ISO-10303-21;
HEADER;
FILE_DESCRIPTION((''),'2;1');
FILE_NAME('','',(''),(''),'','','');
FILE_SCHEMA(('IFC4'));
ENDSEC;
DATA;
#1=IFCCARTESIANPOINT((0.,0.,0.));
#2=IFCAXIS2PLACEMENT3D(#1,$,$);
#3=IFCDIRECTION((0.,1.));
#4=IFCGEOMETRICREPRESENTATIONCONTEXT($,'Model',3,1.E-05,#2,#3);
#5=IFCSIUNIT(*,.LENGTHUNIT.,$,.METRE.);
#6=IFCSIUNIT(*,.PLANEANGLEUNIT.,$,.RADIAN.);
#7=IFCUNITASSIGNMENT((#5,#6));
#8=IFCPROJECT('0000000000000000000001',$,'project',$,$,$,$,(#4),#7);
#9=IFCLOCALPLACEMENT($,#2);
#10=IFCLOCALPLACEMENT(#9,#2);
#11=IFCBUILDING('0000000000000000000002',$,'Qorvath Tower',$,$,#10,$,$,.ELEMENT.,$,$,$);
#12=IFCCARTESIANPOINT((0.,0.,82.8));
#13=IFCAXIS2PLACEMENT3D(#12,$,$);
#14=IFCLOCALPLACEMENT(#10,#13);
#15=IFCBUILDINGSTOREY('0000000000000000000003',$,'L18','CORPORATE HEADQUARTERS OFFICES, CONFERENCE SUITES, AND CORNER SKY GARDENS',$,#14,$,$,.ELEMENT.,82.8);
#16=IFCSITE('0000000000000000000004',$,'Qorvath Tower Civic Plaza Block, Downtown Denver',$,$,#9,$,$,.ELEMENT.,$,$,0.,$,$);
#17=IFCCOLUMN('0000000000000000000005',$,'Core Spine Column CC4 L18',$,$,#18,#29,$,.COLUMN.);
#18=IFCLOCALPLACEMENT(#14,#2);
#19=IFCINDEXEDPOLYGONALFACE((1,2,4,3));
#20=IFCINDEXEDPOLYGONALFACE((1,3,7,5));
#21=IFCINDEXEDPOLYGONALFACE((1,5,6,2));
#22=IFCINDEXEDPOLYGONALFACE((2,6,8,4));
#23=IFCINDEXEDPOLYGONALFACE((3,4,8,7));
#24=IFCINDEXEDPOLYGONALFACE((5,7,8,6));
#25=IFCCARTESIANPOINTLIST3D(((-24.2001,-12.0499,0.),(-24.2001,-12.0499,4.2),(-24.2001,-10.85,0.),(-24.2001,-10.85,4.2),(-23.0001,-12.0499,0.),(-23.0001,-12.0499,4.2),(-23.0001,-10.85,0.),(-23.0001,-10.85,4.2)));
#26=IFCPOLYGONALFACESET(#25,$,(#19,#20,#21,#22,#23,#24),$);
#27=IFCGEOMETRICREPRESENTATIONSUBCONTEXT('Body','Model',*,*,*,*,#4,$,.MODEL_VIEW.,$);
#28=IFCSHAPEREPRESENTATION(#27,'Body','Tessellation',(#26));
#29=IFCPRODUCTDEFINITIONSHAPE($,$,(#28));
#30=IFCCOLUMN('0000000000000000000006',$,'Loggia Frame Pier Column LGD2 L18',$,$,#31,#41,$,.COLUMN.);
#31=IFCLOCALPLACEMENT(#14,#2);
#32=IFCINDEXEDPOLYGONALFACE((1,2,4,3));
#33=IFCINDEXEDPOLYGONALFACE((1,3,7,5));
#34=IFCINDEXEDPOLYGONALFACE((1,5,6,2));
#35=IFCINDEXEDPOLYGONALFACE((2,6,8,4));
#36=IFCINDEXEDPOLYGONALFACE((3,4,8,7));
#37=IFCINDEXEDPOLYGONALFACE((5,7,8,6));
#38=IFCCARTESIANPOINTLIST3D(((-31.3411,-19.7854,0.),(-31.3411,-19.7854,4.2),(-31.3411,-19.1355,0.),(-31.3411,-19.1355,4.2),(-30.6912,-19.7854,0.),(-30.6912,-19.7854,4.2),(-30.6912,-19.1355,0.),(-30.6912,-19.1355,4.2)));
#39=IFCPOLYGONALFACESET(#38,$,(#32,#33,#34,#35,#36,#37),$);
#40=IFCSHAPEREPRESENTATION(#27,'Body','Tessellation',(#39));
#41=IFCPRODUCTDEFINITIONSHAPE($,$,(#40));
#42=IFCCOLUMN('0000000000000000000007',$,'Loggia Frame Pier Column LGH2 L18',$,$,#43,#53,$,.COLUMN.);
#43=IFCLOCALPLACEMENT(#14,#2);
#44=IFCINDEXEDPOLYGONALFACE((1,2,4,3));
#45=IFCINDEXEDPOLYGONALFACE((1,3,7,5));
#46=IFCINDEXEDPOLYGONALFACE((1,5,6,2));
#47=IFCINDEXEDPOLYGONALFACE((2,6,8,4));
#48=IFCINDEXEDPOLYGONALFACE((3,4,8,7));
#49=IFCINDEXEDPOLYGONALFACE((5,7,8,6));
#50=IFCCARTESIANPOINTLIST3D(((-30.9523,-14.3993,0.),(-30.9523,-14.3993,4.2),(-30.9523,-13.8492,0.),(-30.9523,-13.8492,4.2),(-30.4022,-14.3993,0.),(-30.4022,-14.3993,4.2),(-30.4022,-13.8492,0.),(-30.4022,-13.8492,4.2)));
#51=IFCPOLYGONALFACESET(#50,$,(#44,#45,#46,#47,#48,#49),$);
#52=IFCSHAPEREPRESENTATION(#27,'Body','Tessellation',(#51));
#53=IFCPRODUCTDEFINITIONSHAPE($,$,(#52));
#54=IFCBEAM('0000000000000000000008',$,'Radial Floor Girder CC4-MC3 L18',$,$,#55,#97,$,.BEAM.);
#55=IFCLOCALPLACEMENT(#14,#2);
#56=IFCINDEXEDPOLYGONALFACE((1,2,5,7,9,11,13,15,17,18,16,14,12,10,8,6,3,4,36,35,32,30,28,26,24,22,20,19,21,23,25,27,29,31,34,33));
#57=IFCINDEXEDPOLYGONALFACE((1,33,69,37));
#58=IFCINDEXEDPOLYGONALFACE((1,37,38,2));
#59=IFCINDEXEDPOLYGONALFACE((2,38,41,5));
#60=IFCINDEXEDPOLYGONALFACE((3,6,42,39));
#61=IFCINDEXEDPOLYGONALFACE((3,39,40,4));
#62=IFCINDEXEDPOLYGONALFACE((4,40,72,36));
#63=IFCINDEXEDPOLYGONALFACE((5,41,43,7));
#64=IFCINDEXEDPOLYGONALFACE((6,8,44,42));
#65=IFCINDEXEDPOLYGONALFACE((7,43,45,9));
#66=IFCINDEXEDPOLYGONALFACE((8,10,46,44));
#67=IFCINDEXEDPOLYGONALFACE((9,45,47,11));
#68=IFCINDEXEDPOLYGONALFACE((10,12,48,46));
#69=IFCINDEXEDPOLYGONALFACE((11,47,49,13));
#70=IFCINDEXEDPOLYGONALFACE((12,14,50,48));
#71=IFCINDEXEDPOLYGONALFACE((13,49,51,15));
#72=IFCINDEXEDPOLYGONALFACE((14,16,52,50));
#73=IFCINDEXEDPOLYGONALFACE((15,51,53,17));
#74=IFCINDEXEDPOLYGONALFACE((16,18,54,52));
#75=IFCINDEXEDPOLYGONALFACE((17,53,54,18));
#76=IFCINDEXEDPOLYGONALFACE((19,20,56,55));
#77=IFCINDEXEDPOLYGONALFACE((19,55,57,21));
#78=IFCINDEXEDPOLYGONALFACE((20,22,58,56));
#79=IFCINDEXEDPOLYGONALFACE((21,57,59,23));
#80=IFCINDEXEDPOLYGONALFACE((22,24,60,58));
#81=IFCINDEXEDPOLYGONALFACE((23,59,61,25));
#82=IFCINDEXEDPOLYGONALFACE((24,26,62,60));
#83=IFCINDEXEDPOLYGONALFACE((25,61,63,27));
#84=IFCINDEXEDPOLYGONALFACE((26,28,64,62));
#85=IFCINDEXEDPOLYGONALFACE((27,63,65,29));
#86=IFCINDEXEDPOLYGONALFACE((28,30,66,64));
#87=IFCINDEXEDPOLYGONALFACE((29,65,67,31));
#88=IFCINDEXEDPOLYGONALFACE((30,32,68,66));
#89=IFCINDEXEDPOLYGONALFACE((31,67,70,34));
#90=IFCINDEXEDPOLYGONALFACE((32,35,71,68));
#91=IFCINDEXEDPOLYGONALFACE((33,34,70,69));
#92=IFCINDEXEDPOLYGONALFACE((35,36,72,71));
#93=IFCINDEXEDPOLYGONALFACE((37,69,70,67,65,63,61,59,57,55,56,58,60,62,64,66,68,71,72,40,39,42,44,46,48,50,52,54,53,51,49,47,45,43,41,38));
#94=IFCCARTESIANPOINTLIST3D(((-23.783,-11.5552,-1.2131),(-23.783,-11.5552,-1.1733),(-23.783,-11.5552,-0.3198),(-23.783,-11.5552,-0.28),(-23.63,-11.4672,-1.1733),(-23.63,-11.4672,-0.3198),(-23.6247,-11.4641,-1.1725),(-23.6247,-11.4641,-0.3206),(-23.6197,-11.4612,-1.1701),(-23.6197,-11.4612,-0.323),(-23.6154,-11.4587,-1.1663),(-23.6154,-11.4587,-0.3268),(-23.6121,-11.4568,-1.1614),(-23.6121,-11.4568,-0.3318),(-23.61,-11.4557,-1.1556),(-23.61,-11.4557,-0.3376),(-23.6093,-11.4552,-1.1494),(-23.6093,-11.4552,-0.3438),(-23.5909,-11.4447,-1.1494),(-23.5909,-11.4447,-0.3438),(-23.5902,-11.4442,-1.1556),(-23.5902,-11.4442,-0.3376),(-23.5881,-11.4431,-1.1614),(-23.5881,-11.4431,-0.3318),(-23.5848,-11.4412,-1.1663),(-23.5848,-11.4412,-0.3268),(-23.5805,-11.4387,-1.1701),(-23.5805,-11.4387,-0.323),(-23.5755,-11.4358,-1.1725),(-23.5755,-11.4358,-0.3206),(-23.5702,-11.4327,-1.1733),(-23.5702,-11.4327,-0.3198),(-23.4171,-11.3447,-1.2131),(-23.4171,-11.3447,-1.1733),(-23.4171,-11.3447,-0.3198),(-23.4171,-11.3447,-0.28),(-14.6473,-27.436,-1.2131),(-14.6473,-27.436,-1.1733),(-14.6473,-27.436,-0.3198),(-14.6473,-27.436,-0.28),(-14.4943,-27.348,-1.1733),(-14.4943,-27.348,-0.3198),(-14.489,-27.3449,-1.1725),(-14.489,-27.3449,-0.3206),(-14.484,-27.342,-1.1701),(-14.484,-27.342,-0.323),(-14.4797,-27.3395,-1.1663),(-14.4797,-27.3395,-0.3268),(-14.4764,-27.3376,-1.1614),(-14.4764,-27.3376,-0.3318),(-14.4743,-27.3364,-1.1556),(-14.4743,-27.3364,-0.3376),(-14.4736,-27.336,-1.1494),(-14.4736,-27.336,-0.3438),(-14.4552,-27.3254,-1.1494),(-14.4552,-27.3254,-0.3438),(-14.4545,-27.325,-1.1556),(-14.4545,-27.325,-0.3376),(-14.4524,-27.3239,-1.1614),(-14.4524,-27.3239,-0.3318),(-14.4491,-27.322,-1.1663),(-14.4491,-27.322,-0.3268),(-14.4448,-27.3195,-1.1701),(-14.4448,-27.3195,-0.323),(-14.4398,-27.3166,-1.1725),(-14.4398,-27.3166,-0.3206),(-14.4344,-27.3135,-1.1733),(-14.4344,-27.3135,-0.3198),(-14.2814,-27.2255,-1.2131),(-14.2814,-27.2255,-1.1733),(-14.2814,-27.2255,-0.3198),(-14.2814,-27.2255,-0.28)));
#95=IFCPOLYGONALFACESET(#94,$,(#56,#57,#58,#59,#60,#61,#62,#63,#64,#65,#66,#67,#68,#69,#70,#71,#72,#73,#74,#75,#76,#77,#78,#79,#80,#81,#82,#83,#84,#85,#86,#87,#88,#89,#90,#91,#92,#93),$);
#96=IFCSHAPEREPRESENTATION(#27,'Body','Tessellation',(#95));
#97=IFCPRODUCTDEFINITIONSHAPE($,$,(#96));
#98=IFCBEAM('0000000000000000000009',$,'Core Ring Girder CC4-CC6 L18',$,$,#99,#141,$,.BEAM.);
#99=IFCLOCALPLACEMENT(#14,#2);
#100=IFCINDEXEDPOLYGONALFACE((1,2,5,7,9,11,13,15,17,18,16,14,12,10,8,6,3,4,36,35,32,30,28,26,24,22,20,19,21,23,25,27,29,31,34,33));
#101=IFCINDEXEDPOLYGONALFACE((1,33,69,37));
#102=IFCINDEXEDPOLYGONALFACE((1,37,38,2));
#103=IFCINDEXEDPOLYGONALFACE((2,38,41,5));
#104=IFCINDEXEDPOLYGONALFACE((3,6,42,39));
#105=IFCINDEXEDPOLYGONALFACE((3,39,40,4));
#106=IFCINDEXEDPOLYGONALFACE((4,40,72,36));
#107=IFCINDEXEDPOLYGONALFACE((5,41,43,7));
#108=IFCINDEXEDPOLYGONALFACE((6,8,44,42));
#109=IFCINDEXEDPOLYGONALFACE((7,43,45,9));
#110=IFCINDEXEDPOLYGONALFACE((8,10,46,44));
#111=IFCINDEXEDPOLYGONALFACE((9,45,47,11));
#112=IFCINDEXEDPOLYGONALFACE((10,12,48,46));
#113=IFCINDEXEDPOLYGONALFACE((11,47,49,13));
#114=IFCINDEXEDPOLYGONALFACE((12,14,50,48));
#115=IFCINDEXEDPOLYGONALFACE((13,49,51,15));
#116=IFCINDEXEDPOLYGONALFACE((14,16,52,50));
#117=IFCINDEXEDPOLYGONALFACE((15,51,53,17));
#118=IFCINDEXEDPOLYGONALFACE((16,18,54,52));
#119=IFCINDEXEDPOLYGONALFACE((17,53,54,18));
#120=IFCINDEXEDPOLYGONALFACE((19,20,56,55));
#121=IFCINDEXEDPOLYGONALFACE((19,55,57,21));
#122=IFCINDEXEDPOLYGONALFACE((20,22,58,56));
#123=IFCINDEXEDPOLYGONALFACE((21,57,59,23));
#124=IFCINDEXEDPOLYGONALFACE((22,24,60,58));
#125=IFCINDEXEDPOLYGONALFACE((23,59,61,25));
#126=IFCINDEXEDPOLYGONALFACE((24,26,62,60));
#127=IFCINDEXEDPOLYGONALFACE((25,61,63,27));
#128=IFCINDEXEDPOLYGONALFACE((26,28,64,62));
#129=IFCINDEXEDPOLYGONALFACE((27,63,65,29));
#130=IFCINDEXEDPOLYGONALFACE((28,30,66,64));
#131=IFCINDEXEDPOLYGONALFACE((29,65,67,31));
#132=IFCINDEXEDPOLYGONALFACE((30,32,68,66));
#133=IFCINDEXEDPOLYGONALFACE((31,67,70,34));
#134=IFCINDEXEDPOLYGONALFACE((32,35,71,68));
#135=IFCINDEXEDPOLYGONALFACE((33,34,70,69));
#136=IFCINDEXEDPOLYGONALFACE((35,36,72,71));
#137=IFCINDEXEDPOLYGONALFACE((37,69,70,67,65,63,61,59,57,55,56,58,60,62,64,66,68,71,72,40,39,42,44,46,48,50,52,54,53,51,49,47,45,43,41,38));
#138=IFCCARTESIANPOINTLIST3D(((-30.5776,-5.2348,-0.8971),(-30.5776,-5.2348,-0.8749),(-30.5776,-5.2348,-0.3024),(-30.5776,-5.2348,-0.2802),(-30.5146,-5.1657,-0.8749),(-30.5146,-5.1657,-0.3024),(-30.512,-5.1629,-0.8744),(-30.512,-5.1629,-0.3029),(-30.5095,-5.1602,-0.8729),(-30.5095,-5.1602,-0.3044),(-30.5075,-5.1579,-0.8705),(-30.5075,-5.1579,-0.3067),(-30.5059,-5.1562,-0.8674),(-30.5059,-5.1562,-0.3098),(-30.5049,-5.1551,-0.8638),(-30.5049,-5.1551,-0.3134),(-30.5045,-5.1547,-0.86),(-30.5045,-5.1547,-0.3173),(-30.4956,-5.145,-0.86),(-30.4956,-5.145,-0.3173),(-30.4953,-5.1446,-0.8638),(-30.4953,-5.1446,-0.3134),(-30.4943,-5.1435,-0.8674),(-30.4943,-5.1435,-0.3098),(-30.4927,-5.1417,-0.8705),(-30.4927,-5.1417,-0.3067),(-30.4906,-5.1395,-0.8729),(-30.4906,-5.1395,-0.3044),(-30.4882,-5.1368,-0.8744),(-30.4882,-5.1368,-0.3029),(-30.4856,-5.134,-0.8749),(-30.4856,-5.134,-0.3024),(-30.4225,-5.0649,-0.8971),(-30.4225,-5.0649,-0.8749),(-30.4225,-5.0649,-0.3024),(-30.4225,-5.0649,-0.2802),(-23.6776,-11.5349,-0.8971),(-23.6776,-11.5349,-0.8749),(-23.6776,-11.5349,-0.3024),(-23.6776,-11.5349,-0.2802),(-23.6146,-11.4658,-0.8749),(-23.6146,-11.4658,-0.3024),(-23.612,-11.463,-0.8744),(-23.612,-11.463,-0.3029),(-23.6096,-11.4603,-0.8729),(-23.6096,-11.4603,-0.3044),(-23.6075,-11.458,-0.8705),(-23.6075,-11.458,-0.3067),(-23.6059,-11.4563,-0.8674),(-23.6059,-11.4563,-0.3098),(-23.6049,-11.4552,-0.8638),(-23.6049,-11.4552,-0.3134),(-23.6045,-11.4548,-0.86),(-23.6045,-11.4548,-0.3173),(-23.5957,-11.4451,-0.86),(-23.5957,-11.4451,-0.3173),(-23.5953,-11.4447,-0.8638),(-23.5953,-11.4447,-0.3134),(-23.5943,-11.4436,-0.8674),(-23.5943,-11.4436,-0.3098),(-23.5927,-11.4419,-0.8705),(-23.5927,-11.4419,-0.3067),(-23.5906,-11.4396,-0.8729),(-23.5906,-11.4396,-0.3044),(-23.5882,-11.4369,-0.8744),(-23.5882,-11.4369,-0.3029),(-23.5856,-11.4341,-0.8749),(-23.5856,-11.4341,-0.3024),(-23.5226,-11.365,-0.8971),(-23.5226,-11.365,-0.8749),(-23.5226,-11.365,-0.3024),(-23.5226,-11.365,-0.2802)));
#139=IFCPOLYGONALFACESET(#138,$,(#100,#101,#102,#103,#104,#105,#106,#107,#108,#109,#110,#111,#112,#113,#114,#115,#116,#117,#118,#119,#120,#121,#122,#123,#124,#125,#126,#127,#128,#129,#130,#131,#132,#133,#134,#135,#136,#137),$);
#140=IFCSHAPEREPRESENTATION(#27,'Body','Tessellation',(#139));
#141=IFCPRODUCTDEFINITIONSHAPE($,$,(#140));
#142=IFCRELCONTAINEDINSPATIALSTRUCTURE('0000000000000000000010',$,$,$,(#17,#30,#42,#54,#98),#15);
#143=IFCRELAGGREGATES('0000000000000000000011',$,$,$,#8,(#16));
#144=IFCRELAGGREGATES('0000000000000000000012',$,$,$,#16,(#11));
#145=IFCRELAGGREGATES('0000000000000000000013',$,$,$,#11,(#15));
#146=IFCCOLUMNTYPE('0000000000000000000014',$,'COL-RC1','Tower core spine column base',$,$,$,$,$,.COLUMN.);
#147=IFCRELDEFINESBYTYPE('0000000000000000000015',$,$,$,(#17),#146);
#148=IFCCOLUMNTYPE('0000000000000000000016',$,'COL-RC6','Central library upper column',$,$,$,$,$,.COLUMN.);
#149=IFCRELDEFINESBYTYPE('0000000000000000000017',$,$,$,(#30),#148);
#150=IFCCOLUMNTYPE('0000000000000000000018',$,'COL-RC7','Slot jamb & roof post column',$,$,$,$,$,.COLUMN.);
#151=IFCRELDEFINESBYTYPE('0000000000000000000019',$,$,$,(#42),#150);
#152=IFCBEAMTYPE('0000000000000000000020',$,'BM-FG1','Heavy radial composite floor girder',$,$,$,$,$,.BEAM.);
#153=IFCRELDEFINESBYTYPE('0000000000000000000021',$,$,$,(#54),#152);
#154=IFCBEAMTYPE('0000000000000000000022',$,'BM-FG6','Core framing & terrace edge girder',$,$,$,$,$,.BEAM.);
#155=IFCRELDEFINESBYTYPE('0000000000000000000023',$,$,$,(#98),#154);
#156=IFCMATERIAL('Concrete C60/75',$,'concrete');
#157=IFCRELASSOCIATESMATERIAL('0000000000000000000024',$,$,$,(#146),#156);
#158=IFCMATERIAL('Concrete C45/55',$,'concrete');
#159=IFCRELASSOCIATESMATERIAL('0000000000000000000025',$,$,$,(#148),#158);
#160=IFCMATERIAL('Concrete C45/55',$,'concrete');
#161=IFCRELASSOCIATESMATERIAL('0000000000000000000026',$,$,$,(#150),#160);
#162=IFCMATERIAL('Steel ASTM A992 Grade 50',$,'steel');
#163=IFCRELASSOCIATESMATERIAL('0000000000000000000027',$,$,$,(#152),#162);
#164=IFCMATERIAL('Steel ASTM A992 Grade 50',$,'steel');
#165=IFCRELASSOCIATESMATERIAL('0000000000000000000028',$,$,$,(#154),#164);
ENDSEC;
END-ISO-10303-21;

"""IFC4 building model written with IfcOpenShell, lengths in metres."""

from ifc_helpers import new_model, si_unit, direction, frame, origin, origin_2d, place, context, subcontext, project, spatial, rectangle, i_section, extrude, material, material_profile, profile_set, type_object, element, save


model = new_model("IFC4")

# Units and contexts
model_context = context("Model", 3, precision=1e-05, world=origin(), true_north=direction((0.0, 1.0)))
body_context = subcontext(model_context, "Body", "Model", "MODEL_VIEW")
ifc_project = project(units=[si_unit("LENGTHUNIT", "METRE"), si_unit("PLANEANGLEUNIT", "RADIAN")], contexts=[model_context])

# Site, building, storey
site_placement = place(None, origin())
site = spatial("IfcSite", under=ifc_project, at=site_placement, Name="Qorvath Tower Civic Plaza Block, Downtown Denver", CompositionType="ELEMENT", RefElevation=0.0)
building_placement = place(site_placement, origin())
building = spatial("IfcBuilding", under=site, at=building_placement, Name="Qorvath Tower", CompositionType="ELEMENT")
storey_placement = place(building_placement, frame((0.0, 0.0, 82.8)))
storey = spatial("IfcBuildingStorey", under=building, at=storey_placement, Name="L18", Description="CORPORATE HEADQUARTERS OFFICES, CONFERENCE SUITES, AND CORNER SKY GARDENS", CompositionType="ELEMENT", Elevation=82.8)

# Columns
ifc_material_1 = material(Name="Concrete C60/75", Category="concrete")
ifc_material_profile_1 = material_profile(ifc_material_1, rectangle(XDim=1.2, YDim=1.2, at=origin_2d()), Name="RC 1200x1200")
ifc_profile_set_1 = profile_set([ifc_material_profile_1], Name="Concrete C60/75")
column_type_1 = type_object("IfcColumnType", Name="COL-RC1", Description="Tower core spine column base", PredefinedType="COLUMN", material=ifc_profile_set_1)
column_1_placement = place(storey_placement, frame((-23.6001, -11.45, 0.0), z_axis=(0.0, 0.0, 1.0), x_axis=(1.0, 0.0, 0.0)))
element("IfcColumn", 1, at=column_1_placement, inside=storey, type_object=column_type_1, Name="Core Spine Column CC4 L18", PredefinedType="COLUMN", context=body_context, shape_type="SweptSolid", body=[
    extrude(rectangle(XDim=1.2, YDim=1.2, at=origin_2d()), origin(), (0.0, 0.0, 1.0), 4.2),
])
ifc_material_2 = material(Name="Concrete C45/55", Category="concrete")
ifc_material_profile_2 = material_profile(ifc_material_2, rectangle(XDim=0.6499, YDim=0.6499, at=origin_2d()), Name="RC 650x650")
ifc_profile_set_2 = profile_set([ifc_material_profile_2], Name="Concrete C45/55")
column_type_2 = type_object("IfcColumnType", Name="COL-RC6", Description="Central library upper column", PredefinedType="COLUMN", material=ifc_profile_set_2)
column_2_placement = place(storey_placement, frame((-31.0161, -19.4604, 0.0), z_axis=(0.0, 0.0, 1.0), x_axis=(1.0, 0.0, 0.0)))
element("IfcColumn", 2, at=column_2_placement, inside=storey, type_object=column_type_2, Name="Loggia Frame Pier Column LGD2 L18", PredefinedType="COLUMN", context=body_context, shape_type="SweptSolid", body=[
    extrude(rectangle(XDim=0.6499, YDim=0.6499, at=origin_2d()), origin(), (0.0, 0.0, 1.0), 4.2),
])
ifc_material_3 = material(Name="Concrete C45/55", Category="concrete")
ifc_material_profile_3 = material_profile(ifc_material_3, rectangle(XDim=0.55, YDim=0.55, at=origin_2d()), Name="RC 550x550")
ifc_profile_set_3 = profile_set([ifc_material_profile_3], Name="Concrete C45/55")
column_type_3 = type_object("IfcColumnType", Name="COL-RC7", Description="Slot jamb & roof post column", PredefinedType="COLUMN", material=ifc_profile_set_3)
column_3_placement = place(storey_placement, frame((-30.6772, -14.1243, 0.0), z_axis=(0.0, 0.0, 1.0), x_axis=(1.0, 0.0, 0.0)))
element("IfcColumn", 3, at=column_3_placement, inside=storey, type_object=column_type_3, Name="Loggia Frame Pier Column LGH2 L18", PredefinedType="COLUMN", context=body_context, shape_type="SweptSolid", body=[
    extrude(rectangle(XDim=0.55, YDim=0.55, at=origin_2d()), origin(), (0.0, 0.0, 1.0), 4.2),
])

# Beams
ifc_material_4 = material(Name="Steel ASTM A992 Grade 50", Category="steel")
ifc_material_profile_4 = material_profile(ifc_material_4, i_section(OverallWidth=0.4221, OverallDepth=0.9331, WebThickness=0.0212, FlangeThickness=0.0398, FilletRadius=0.0239, at=origin_2d()), Name="W36x262")
ifc_profile_set_4 = profile_set([ifc_material_profile_4], Name="Steel ASTM A992 Grade 50")
beam_type_1 = type_object("IfcBeamType", Name="BM-FG1", Description="Heavy radial composite floor girder", PredefinedType="BEAM", material=ifc_profile_set_4)
beam_1_placement = place(storey_placement, frame((-23.6001, -11.45, -0.7466), z_axis=(0.498645, -0.866806, 0.0), x_axis=(0.866806, 0.498645, 0.0)))
element("IfcBeam", 4, at=beam_1_placement, inside=storey, type_object=beam_type_1, Name="Radial Floor Girder CC4-MC3 L18", PredefinedType="BEAM", context=body_context, shape_type="SweptSolid", body=[
    extrude(i_section(OverallWidth=0.4221, OverallDepth=0.9331, WebThickness=0.0212, FlangeThickness=0.0398, FilletRadius=0.0239, at=origin_2d()), origin(), (0.0, 0.0, 1.0), 18.321),
])
ifc_material_5 = material(Name="Steel ASTM A992 Grade 50", Category="steel")
ifc_material_profile_5 = material_profile(ifc_material_5, i_section(OverallWidth=0.23, OverallDepth=0.6169, WebThickness=0.0132, FlangeThickness=0.0222, FilletRadius=0.0149, at=origin_2d()), Name="W24x94")
ifc_profile_set_5 = profile_set([ifc_material_profile_5], Name="Steel ASTM A992 Grade 50")
beam_type_2 = type_object("IfcBeamType", Name="BM-FG6", Description="Core framing & terrace edge girder", PredefinedType="BEAM", material=ifc_profile_set_5)
beam_2_placement = place(storey_placement, frame((-23.6001, -11.45, -0.5886), z_axis=(-0.738478, 0.674277, 0.0), x_axis=(-0.674277, -0.738478, 0.0)))
element("IfcBeam", 5, at=beam_2_placement, inside=storey, type_object=beam_type_2, Name="Core Ring Girder CC4-CC6 L18", PredefinedType="BEAM", context=body_context, shape_type="SweptSolid", body=[
    extrude(i_section(OverallWidth=0.23, OverallDepth=0.6169, WebThickness=0.0132, FlangeThickness=0.0222, FilletRadius=0.0149, at=origin_2d()), origin(), (0.0, 0.0, 1.0), 9.3435),
])

save(model, "model.ifc")
